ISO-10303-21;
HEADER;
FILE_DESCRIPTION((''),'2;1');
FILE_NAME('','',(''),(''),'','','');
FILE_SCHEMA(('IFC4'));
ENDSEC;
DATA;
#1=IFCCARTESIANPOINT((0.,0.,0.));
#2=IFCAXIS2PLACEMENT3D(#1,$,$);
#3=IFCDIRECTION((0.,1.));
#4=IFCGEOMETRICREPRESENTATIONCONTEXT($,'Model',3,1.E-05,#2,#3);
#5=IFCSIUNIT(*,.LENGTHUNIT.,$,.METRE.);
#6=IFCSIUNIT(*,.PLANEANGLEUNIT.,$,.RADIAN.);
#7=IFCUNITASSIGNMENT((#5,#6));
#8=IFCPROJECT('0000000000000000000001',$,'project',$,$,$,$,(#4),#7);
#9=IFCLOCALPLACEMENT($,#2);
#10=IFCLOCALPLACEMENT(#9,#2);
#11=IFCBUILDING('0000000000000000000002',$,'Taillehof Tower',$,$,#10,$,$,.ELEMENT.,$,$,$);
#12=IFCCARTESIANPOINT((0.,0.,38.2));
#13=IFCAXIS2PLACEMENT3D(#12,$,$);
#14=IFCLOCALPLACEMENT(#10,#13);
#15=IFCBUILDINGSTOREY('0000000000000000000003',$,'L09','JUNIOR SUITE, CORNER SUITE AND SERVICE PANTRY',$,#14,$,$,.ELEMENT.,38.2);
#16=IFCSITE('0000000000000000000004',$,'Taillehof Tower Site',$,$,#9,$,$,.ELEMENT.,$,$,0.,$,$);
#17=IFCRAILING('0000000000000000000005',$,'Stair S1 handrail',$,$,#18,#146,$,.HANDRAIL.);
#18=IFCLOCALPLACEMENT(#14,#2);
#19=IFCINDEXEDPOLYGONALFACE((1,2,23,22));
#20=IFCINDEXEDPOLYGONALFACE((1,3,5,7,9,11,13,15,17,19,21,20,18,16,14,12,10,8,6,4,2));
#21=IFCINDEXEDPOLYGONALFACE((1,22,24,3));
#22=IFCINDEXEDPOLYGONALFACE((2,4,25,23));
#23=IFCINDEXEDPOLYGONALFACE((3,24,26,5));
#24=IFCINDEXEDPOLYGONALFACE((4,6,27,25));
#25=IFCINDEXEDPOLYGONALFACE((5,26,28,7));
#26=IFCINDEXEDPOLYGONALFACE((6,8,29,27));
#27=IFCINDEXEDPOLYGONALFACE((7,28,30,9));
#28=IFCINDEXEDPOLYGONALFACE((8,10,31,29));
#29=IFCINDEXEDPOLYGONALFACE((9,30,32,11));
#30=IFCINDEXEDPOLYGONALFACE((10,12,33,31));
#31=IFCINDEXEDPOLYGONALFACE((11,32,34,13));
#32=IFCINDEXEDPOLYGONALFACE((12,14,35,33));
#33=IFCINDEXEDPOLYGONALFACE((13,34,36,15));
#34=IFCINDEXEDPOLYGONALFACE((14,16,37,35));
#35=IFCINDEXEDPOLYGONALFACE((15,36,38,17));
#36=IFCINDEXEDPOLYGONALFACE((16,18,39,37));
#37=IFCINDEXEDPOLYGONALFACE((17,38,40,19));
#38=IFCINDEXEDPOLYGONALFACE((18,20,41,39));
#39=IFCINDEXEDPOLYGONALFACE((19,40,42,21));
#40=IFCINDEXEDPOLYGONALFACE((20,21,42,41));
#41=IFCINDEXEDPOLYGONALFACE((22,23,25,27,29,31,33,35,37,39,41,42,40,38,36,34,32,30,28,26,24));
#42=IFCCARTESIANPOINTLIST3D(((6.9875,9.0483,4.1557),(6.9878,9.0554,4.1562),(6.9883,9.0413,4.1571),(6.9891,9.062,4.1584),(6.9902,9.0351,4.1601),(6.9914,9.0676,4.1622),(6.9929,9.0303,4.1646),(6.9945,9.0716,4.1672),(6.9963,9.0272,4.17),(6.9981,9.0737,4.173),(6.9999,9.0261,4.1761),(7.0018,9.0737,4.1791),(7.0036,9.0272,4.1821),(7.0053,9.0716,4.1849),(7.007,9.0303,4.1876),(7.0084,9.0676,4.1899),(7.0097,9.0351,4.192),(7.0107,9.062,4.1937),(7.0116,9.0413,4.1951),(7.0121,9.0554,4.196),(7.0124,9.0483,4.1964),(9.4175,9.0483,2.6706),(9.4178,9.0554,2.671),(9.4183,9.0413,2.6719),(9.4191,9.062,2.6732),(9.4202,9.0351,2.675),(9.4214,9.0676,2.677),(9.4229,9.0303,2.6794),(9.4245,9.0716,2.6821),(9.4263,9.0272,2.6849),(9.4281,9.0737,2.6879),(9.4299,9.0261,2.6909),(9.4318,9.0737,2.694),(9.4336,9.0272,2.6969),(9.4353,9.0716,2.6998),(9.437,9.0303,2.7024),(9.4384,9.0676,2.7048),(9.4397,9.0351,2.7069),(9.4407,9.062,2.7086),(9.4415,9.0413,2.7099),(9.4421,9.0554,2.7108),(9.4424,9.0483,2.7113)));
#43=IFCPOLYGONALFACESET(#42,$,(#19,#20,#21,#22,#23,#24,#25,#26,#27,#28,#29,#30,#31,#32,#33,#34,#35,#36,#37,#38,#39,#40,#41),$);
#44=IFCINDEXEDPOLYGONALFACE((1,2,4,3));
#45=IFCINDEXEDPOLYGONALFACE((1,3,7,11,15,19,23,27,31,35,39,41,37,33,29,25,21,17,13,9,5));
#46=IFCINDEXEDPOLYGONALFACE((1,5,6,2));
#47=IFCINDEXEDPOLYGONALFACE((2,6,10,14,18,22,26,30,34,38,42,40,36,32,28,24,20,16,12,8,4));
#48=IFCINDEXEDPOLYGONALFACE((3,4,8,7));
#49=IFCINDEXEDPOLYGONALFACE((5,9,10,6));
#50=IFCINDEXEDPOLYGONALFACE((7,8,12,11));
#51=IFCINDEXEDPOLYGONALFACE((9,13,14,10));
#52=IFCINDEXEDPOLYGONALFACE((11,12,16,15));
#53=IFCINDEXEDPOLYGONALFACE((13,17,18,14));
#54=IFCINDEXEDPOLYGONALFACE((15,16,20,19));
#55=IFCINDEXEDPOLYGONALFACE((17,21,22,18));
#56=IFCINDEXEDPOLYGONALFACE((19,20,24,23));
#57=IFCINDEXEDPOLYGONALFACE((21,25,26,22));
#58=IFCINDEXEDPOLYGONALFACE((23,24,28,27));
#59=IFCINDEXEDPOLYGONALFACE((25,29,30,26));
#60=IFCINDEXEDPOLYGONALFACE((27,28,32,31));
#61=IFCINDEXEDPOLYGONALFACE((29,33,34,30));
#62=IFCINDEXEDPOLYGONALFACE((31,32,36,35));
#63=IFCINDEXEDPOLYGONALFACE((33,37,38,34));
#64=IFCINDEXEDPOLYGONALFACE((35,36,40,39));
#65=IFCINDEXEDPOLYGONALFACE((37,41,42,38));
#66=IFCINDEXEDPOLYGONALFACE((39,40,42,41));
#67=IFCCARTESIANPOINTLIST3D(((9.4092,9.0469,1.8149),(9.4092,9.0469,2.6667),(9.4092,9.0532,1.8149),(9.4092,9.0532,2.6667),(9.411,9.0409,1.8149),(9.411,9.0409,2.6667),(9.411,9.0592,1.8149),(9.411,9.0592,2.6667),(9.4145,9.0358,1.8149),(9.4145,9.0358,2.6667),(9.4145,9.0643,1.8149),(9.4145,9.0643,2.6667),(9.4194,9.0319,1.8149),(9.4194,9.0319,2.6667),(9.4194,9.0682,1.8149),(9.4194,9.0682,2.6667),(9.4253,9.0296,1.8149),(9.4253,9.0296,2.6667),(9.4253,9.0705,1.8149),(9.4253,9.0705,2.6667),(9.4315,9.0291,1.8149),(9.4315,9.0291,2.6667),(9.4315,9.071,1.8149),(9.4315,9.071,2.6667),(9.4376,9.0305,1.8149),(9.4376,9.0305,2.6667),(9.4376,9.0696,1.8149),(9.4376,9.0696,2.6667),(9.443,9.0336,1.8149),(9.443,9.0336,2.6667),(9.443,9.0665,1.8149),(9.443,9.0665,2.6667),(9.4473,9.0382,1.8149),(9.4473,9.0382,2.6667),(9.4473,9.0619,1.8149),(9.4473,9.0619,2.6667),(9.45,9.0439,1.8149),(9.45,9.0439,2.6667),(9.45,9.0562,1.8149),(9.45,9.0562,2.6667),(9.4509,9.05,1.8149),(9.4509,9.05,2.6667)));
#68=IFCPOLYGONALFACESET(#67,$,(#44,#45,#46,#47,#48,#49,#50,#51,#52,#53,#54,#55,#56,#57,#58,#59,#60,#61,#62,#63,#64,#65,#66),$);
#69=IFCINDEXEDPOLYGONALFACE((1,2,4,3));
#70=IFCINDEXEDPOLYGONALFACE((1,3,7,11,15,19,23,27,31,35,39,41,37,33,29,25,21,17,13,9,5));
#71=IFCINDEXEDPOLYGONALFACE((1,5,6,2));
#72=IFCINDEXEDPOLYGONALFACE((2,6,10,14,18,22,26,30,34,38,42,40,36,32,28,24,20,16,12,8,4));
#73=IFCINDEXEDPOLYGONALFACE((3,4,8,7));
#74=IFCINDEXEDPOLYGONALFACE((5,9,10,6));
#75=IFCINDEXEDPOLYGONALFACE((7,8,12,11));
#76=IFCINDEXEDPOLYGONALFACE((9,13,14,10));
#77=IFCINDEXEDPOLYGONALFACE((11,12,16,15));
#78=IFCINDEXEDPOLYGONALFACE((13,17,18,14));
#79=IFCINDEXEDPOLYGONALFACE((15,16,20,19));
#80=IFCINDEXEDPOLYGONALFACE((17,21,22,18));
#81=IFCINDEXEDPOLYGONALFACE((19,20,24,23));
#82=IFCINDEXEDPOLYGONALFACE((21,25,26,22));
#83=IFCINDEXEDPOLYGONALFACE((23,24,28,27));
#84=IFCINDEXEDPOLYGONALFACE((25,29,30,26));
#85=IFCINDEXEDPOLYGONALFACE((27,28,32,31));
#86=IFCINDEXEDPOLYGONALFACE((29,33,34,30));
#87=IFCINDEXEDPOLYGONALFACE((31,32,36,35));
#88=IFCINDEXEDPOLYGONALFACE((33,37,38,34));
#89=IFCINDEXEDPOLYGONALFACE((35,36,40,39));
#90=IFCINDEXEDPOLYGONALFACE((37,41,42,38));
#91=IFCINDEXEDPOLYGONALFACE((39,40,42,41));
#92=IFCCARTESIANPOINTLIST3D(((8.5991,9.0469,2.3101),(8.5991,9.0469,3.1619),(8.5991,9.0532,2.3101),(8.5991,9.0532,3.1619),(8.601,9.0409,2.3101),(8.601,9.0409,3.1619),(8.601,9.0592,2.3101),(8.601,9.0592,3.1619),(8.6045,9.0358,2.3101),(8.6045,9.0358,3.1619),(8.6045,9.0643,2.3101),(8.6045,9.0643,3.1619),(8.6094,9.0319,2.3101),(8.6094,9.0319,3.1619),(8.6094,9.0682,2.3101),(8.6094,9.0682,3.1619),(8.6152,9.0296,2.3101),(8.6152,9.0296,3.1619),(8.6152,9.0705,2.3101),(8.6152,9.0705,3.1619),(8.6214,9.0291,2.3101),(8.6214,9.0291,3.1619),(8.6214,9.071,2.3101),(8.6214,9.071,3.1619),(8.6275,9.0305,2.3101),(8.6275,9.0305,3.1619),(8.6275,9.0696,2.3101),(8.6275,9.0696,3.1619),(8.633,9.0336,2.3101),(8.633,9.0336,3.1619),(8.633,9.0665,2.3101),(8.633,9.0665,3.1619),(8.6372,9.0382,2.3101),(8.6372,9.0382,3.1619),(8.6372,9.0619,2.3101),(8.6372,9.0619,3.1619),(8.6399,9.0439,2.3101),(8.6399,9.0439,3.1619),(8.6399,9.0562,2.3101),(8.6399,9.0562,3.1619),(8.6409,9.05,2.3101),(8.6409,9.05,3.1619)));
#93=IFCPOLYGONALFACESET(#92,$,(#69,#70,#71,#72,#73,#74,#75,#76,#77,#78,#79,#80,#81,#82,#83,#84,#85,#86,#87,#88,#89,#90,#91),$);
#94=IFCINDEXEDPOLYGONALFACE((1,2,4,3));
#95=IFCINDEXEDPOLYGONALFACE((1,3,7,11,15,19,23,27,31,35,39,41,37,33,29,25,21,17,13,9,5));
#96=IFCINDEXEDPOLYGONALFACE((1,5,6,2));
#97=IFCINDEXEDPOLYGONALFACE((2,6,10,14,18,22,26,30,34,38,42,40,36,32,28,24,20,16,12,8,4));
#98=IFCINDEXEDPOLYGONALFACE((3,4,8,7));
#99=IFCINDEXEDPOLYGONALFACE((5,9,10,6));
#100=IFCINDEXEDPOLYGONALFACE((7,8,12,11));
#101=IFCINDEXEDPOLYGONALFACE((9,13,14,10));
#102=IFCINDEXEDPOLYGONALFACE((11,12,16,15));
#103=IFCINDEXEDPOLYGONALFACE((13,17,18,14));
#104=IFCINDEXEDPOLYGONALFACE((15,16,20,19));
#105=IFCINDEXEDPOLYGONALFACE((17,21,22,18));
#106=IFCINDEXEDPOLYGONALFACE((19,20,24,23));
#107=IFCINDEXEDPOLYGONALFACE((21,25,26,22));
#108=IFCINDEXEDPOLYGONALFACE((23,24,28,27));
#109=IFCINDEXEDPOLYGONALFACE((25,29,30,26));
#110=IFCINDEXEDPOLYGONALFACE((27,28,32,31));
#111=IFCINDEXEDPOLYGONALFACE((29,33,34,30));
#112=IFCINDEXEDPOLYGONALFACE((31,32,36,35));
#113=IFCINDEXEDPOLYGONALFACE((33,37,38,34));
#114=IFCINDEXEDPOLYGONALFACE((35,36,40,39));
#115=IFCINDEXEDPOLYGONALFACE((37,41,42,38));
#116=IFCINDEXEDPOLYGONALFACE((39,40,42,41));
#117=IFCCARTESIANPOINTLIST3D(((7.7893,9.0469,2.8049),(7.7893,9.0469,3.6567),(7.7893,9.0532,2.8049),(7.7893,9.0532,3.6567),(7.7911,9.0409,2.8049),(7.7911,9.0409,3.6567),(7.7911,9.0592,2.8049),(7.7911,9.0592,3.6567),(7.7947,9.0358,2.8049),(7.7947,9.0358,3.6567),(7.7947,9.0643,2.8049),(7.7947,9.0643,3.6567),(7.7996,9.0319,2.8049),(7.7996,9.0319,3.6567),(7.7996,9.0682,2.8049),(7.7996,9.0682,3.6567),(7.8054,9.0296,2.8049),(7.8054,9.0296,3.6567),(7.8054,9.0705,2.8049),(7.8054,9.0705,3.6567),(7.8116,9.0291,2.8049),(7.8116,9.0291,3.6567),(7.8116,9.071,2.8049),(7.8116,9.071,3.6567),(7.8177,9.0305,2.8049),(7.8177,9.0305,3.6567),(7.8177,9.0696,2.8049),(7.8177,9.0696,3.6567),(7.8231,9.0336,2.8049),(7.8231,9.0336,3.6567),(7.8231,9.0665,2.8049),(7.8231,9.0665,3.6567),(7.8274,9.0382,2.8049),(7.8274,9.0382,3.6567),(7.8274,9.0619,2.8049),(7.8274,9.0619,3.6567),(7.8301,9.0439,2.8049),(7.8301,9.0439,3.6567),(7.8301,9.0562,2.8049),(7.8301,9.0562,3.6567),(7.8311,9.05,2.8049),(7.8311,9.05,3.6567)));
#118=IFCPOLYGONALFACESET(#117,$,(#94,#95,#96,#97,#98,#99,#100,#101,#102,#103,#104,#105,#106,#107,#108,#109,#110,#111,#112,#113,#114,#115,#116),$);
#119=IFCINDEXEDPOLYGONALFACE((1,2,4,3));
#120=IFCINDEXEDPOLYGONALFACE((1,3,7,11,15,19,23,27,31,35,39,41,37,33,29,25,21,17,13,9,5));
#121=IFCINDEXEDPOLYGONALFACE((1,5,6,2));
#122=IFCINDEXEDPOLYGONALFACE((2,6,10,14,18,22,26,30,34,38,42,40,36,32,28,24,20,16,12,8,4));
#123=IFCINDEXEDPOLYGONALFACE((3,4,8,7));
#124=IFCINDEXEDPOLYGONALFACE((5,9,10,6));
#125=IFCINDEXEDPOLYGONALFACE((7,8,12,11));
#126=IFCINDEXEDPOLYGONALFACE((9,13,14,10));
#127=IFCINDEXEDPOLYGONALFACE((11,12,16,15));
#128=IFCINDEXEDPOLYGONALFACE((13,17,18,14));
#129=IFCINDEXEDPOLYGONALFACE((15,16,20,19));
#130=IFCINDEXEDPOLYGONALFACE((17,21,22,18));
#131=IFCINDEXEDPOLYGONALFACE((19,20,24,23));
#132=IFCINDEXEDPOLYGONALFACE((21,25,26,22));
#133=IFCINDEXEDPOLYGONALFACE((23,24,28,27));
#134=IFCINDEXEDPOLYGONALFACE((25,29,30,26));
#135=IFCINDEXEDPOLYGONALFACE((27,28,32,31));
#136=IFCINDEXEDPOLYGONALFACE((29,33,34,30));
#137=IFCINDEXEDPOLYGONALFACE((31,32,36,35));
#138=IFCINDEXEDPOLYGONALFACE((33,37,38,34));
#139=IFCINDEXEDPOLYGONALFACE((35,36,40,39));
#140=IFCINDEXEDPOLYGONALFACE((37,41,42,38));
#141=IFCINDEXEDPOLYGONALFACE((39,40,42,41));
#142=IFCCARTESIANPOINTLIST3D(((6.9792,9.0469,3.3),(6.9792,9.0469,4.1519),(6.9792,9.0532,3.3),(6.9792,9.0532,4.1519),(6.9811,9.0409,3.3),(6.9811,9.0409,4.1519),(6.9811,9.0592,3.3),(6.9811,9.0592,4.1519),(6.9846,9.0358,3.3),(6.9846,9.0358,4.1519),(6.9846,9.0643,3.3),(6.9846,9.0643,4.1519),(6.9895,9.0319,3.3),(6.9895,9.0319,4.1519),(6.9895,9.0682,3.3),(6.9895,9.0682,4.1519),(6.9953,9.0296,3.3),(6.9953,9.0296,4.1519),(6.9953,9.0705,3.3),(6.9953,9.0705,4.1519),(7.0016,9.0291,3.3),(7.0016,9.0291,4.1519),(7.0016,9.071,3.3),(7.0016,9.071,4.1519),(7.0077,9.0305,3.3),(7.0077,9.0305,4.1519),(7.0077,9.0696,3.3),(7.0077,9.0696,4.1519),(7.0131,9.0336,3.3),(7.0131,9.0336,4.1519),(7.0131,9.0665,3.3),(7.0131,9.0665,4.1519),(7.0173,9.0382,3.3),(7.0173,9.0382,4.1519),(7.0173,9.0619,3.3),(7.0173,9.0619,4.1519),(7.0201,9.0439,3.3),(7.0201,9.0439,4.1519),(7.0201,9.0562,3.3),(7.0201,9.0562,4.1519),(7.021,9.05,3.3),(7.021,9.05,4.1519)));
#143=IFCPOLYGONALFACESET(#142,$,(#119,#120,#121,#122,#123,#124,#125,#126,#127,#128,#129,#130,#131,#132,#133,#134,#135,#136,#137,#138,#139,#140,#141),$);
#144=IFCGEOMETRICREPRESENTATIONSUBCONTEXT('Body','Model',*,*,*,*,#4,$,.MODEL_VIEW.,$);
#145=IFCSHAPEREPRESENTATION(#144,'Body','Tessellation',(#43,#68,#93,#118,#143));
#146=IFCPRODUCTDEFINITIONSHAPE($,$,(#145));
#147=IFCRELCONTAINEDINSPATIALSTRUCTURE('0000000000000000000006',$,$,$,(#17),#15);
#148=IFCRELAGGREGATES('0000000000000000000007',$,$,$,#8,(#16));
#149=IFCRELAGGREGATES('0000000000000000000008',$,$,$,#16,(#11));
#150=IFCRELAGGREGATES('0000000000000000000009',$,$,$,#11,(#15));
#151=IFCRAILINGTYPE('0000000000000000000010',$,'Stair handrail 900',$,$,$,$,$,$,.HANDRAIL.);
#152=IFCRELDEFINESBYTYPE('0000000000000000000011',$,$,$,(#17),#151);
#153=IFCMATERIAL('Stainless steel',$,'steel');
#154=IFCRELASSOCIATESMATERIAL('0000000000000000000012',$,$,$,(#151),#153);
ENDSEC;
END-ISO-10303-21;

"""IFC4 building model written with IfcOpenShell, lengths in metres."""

from ifc_helpers import new_model, si_unit, direction, frame, origin, origin_2d, place, context, subcontext, project, spatial, circle, extrude, material, type_object, element, save


model = new_model("IFC4")

# Units and contexts
model_context = context("Model", 3, precision=1e-05, world=origin(), true_north=direction((0.0, 1.0)))
body_context = subcontext(model_context, "Body", "Model", "MODEL_VIEW")
ifc_project = project(units=[si_unit("LENGTHUNIT", "METRE"), si_unit("PLANEANGLEUNIT", "RADIAN")], contexts=[model_context])

# Site, building, storey
site_placement = place(None, origin())
site = spatial("IfcSite", under=ifc_project, at=site_placement, Name="Taillehof Tower Site", CompositionType="ELEMENT", RefElevation=0.0)
building_placement = place(site_placement, origin())
building = spatial("IfcBuilding", under=site, at=building_placement, Name="Taillehof Tower", CompositionType="ELEMENT")
storey_placement = place(building_placement, frame((0.0, 0.0, 38.2)))
storey = spatial("IfcBuildingStorey", under=building, at=storey_placement, Name="L09", Description="JUNIOR SUITE, CORNER SUITE AND SERVICE PANTRY", CompositionType="ELEMENT", Elevation=38.2)

# Railing
ifc_material_1 = material(Name="Stainless steel", Category="steel")
railing_type = type_object("IfcRailingType", Name="Stair handrail 900", PredefinedType="HANDRAIL", material=ifc_material_1)
railing_placement = place(storey_placement, frame((9.4299, 9.05, 1.8149)))
element("IfcRailing", 1, at=railing_placement, inside=storey, type_object=railing_type, Name="Stair S1 handrail", PredefinedType="HANDRAIL", context=body_context, shape_type="SweptSolid", body=[
    extrude(circle(Radius=0.0239, at=origin_2d()), frame((0.0, 0.0, 0.876), z_axis=(-0.853259, 0.0, 0.521488), x_axis=(0.0, -1.0, 0.0)), (0.0, 0.0, 1.0), 2.8479),
    extrude(circle(Radius=0.021, at=origin_2d()), origin(), (0.0, 0.0, 1.0), 0.8518),
    extrude(circle(Radius=0.021, at=origin_2d()), frame((-0.8101, 0.0, 0.4951)), (0.0, 0.0, 1.0), 0.8518),
    extrude(circle(Radius=0.021, at=origin_2d()), frame((-1.6199, 0.0, 0.99)), (0.0, 0.0, 1.0), 0.8518),
    extrude(circle(Radius=0.021, at=origin_2d()), frame((-2.4299, 0.0, 1.4851)), (0.0, 0.0, 1.0), 0.8518),
])

save(model, "model.ifc")
